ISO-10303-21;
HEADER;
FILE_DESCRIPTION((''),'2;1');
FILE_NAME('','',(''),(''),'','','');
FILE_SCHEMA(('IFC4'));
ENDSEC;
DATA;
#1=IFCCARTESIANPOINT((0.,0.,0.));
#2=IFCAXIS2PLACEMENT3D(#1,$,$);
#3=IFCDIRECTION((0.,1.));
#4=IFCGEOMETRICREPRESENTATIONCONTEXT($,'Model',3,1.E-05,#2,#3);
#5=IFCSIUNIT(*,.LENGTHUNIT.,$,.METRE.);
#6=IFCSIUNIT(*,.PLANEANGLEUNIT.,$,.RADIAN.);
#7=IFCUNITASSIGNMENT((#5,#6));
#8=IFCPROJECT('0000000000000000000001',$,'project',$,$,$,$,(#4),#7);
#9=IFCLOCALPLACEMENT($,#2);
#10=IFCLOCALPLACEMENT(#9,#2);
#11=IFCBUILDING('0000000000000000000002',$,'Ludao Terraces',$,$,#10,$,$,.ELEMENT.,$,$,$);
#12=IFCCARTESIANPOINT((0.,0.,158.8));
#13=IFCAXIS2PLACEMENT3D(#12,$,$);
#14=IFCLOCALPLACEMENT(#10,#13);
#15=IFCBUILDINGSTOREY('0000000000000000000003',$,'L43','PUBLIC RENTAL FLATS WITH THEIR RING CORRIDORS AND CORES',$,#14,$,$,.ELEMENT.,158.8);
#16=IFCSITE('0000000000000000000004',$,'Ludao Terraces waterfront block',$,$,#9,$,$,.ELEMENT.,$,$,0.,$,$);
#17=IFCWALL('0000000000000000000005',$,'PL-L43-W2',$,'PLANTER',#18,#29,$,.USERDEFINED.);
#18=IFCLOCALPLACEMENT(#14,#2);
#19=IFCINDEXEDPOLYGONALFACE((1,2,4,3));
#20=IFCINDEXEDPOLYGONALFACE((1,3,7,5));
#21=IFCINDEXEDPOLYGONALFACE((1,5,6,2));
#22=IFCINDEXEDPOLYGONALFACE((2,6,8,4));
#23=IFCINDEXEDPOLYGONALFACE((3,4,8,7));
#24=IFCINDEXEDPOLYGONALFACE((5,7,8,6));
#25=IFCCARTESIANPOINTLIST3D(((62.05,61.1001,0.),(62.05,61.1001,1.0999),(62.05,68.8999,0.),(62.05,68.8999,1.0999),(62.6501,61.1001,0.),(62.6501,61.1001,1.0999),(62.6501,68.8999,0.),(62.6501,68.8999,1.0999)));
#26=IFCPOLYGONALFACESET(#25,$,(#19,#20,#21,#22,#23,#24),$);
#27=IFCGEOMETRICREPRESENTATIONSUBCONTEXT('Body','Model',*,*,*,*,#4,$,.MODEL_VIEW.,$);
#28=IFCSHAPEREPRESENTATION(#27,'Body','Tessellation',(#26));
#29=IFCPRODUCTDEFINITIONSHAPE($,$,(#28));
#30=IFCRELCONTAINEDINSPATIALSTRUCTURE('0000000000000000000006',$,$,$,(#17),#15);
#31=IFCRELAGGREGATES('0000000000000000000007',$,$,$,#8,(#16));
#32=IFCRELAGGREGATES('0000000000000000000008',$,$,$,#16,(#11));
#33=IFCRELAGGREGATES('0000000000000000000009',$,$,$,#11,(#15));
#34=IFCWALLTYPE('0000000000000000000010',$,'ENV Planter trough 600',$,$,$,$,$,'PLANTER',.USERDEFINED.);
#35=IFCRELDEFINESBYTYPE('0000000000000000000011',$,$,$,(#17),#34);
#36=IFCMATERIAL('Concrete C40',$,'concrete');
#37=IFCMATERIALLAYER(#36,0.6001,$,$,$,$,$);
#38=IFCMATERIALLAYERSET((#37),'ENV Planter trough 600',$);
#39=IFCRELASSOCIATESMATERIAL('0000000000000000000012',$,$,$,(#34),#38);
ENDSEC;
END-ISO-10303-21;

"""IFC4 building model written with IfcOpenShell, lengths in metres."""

from ifc_helpers import new_model, si_unit, direction, frame, frame_2d, origin, place, context, subcontext, project, spatial, rectangle, extrude, material, layer, layer_set, type_object, element, save


model = new_model("IFC4")

# Units and contexts
model_context = context("Model", 3, precision=1e-05, world=origin(), true_north=direction((0.0, 1.0)))
body_context = subcontext(model_context, "Body", "Model", "MODEL_VIEW")
ifc_project = project(units=[si_unit("LENGTHUNIT", "METRE"), si_unit("PLANEANGLEUNIT", "RADIAN")], contexts=[model_context])

# Site, building, storey
site_placement = place(None, origin())
site = spatial("IfcSite", under=ifc_project, at=site_placement, Name="Ludao Terraces waterfront block", CompositionType="ELEMENT", RefElevation=0.0)
building_placement = place(site_placement, origin())
building = spatial("IfcBuilding", under=site, at=building_placement, Name="Ludao Terraces", CompositionType="ELEMENT")
storey_placement = place(building_placement, frame((0.0, 0.0, 158.8)))
storey = spatial("IfcBuildingStorey", under=building, at=storey_placement, Name="L43", Description="PUBLIC RENTAL FLATS WITH THEIR RING CORRIDORS AND CORES", CompositionType="ELEMENT", Elevation=158.8)

# Shared definitions
ifc_material_1 = material(Name="Concrete C40", Category="concrete")

# Wall
ifc_layer_1 = layer(ifc_material_1, 0.6001)
ifc_layer_set_1 = layer_set([ifc_layer_1], Name="ENV Planter trough 600")
wall_type = type_object("IfcWallType", Name="ENV Planter trough 600", ElementType="PLANTER", PredefinedType="USERDEFINED", material=ifc_layer_set_1)
wall_1_placement = place(storey_placement, frame((62.3501, 61.1001, 0.0), z_axis=(0.0, 0.0, 1.0), x_axis=(0.0, 1.0, 0.0)))
element("IfcWall", 1, at=wall_1_placement, inside=storey, type_object=wall_type, Name="PL-L43-W2", ObjectType="PLANTER", PredefinedType="USERDEFINED", context=body_context, shape_type="SweptSolid", body=[
    extrude(rectangle(XDim=7.7998, YDim=0.6001, at=frame_2d((3.8999, 0.0))), origin(), (0.0, 0.0, 1.0), 1.0999),
])

save(model, "model.ifc")
